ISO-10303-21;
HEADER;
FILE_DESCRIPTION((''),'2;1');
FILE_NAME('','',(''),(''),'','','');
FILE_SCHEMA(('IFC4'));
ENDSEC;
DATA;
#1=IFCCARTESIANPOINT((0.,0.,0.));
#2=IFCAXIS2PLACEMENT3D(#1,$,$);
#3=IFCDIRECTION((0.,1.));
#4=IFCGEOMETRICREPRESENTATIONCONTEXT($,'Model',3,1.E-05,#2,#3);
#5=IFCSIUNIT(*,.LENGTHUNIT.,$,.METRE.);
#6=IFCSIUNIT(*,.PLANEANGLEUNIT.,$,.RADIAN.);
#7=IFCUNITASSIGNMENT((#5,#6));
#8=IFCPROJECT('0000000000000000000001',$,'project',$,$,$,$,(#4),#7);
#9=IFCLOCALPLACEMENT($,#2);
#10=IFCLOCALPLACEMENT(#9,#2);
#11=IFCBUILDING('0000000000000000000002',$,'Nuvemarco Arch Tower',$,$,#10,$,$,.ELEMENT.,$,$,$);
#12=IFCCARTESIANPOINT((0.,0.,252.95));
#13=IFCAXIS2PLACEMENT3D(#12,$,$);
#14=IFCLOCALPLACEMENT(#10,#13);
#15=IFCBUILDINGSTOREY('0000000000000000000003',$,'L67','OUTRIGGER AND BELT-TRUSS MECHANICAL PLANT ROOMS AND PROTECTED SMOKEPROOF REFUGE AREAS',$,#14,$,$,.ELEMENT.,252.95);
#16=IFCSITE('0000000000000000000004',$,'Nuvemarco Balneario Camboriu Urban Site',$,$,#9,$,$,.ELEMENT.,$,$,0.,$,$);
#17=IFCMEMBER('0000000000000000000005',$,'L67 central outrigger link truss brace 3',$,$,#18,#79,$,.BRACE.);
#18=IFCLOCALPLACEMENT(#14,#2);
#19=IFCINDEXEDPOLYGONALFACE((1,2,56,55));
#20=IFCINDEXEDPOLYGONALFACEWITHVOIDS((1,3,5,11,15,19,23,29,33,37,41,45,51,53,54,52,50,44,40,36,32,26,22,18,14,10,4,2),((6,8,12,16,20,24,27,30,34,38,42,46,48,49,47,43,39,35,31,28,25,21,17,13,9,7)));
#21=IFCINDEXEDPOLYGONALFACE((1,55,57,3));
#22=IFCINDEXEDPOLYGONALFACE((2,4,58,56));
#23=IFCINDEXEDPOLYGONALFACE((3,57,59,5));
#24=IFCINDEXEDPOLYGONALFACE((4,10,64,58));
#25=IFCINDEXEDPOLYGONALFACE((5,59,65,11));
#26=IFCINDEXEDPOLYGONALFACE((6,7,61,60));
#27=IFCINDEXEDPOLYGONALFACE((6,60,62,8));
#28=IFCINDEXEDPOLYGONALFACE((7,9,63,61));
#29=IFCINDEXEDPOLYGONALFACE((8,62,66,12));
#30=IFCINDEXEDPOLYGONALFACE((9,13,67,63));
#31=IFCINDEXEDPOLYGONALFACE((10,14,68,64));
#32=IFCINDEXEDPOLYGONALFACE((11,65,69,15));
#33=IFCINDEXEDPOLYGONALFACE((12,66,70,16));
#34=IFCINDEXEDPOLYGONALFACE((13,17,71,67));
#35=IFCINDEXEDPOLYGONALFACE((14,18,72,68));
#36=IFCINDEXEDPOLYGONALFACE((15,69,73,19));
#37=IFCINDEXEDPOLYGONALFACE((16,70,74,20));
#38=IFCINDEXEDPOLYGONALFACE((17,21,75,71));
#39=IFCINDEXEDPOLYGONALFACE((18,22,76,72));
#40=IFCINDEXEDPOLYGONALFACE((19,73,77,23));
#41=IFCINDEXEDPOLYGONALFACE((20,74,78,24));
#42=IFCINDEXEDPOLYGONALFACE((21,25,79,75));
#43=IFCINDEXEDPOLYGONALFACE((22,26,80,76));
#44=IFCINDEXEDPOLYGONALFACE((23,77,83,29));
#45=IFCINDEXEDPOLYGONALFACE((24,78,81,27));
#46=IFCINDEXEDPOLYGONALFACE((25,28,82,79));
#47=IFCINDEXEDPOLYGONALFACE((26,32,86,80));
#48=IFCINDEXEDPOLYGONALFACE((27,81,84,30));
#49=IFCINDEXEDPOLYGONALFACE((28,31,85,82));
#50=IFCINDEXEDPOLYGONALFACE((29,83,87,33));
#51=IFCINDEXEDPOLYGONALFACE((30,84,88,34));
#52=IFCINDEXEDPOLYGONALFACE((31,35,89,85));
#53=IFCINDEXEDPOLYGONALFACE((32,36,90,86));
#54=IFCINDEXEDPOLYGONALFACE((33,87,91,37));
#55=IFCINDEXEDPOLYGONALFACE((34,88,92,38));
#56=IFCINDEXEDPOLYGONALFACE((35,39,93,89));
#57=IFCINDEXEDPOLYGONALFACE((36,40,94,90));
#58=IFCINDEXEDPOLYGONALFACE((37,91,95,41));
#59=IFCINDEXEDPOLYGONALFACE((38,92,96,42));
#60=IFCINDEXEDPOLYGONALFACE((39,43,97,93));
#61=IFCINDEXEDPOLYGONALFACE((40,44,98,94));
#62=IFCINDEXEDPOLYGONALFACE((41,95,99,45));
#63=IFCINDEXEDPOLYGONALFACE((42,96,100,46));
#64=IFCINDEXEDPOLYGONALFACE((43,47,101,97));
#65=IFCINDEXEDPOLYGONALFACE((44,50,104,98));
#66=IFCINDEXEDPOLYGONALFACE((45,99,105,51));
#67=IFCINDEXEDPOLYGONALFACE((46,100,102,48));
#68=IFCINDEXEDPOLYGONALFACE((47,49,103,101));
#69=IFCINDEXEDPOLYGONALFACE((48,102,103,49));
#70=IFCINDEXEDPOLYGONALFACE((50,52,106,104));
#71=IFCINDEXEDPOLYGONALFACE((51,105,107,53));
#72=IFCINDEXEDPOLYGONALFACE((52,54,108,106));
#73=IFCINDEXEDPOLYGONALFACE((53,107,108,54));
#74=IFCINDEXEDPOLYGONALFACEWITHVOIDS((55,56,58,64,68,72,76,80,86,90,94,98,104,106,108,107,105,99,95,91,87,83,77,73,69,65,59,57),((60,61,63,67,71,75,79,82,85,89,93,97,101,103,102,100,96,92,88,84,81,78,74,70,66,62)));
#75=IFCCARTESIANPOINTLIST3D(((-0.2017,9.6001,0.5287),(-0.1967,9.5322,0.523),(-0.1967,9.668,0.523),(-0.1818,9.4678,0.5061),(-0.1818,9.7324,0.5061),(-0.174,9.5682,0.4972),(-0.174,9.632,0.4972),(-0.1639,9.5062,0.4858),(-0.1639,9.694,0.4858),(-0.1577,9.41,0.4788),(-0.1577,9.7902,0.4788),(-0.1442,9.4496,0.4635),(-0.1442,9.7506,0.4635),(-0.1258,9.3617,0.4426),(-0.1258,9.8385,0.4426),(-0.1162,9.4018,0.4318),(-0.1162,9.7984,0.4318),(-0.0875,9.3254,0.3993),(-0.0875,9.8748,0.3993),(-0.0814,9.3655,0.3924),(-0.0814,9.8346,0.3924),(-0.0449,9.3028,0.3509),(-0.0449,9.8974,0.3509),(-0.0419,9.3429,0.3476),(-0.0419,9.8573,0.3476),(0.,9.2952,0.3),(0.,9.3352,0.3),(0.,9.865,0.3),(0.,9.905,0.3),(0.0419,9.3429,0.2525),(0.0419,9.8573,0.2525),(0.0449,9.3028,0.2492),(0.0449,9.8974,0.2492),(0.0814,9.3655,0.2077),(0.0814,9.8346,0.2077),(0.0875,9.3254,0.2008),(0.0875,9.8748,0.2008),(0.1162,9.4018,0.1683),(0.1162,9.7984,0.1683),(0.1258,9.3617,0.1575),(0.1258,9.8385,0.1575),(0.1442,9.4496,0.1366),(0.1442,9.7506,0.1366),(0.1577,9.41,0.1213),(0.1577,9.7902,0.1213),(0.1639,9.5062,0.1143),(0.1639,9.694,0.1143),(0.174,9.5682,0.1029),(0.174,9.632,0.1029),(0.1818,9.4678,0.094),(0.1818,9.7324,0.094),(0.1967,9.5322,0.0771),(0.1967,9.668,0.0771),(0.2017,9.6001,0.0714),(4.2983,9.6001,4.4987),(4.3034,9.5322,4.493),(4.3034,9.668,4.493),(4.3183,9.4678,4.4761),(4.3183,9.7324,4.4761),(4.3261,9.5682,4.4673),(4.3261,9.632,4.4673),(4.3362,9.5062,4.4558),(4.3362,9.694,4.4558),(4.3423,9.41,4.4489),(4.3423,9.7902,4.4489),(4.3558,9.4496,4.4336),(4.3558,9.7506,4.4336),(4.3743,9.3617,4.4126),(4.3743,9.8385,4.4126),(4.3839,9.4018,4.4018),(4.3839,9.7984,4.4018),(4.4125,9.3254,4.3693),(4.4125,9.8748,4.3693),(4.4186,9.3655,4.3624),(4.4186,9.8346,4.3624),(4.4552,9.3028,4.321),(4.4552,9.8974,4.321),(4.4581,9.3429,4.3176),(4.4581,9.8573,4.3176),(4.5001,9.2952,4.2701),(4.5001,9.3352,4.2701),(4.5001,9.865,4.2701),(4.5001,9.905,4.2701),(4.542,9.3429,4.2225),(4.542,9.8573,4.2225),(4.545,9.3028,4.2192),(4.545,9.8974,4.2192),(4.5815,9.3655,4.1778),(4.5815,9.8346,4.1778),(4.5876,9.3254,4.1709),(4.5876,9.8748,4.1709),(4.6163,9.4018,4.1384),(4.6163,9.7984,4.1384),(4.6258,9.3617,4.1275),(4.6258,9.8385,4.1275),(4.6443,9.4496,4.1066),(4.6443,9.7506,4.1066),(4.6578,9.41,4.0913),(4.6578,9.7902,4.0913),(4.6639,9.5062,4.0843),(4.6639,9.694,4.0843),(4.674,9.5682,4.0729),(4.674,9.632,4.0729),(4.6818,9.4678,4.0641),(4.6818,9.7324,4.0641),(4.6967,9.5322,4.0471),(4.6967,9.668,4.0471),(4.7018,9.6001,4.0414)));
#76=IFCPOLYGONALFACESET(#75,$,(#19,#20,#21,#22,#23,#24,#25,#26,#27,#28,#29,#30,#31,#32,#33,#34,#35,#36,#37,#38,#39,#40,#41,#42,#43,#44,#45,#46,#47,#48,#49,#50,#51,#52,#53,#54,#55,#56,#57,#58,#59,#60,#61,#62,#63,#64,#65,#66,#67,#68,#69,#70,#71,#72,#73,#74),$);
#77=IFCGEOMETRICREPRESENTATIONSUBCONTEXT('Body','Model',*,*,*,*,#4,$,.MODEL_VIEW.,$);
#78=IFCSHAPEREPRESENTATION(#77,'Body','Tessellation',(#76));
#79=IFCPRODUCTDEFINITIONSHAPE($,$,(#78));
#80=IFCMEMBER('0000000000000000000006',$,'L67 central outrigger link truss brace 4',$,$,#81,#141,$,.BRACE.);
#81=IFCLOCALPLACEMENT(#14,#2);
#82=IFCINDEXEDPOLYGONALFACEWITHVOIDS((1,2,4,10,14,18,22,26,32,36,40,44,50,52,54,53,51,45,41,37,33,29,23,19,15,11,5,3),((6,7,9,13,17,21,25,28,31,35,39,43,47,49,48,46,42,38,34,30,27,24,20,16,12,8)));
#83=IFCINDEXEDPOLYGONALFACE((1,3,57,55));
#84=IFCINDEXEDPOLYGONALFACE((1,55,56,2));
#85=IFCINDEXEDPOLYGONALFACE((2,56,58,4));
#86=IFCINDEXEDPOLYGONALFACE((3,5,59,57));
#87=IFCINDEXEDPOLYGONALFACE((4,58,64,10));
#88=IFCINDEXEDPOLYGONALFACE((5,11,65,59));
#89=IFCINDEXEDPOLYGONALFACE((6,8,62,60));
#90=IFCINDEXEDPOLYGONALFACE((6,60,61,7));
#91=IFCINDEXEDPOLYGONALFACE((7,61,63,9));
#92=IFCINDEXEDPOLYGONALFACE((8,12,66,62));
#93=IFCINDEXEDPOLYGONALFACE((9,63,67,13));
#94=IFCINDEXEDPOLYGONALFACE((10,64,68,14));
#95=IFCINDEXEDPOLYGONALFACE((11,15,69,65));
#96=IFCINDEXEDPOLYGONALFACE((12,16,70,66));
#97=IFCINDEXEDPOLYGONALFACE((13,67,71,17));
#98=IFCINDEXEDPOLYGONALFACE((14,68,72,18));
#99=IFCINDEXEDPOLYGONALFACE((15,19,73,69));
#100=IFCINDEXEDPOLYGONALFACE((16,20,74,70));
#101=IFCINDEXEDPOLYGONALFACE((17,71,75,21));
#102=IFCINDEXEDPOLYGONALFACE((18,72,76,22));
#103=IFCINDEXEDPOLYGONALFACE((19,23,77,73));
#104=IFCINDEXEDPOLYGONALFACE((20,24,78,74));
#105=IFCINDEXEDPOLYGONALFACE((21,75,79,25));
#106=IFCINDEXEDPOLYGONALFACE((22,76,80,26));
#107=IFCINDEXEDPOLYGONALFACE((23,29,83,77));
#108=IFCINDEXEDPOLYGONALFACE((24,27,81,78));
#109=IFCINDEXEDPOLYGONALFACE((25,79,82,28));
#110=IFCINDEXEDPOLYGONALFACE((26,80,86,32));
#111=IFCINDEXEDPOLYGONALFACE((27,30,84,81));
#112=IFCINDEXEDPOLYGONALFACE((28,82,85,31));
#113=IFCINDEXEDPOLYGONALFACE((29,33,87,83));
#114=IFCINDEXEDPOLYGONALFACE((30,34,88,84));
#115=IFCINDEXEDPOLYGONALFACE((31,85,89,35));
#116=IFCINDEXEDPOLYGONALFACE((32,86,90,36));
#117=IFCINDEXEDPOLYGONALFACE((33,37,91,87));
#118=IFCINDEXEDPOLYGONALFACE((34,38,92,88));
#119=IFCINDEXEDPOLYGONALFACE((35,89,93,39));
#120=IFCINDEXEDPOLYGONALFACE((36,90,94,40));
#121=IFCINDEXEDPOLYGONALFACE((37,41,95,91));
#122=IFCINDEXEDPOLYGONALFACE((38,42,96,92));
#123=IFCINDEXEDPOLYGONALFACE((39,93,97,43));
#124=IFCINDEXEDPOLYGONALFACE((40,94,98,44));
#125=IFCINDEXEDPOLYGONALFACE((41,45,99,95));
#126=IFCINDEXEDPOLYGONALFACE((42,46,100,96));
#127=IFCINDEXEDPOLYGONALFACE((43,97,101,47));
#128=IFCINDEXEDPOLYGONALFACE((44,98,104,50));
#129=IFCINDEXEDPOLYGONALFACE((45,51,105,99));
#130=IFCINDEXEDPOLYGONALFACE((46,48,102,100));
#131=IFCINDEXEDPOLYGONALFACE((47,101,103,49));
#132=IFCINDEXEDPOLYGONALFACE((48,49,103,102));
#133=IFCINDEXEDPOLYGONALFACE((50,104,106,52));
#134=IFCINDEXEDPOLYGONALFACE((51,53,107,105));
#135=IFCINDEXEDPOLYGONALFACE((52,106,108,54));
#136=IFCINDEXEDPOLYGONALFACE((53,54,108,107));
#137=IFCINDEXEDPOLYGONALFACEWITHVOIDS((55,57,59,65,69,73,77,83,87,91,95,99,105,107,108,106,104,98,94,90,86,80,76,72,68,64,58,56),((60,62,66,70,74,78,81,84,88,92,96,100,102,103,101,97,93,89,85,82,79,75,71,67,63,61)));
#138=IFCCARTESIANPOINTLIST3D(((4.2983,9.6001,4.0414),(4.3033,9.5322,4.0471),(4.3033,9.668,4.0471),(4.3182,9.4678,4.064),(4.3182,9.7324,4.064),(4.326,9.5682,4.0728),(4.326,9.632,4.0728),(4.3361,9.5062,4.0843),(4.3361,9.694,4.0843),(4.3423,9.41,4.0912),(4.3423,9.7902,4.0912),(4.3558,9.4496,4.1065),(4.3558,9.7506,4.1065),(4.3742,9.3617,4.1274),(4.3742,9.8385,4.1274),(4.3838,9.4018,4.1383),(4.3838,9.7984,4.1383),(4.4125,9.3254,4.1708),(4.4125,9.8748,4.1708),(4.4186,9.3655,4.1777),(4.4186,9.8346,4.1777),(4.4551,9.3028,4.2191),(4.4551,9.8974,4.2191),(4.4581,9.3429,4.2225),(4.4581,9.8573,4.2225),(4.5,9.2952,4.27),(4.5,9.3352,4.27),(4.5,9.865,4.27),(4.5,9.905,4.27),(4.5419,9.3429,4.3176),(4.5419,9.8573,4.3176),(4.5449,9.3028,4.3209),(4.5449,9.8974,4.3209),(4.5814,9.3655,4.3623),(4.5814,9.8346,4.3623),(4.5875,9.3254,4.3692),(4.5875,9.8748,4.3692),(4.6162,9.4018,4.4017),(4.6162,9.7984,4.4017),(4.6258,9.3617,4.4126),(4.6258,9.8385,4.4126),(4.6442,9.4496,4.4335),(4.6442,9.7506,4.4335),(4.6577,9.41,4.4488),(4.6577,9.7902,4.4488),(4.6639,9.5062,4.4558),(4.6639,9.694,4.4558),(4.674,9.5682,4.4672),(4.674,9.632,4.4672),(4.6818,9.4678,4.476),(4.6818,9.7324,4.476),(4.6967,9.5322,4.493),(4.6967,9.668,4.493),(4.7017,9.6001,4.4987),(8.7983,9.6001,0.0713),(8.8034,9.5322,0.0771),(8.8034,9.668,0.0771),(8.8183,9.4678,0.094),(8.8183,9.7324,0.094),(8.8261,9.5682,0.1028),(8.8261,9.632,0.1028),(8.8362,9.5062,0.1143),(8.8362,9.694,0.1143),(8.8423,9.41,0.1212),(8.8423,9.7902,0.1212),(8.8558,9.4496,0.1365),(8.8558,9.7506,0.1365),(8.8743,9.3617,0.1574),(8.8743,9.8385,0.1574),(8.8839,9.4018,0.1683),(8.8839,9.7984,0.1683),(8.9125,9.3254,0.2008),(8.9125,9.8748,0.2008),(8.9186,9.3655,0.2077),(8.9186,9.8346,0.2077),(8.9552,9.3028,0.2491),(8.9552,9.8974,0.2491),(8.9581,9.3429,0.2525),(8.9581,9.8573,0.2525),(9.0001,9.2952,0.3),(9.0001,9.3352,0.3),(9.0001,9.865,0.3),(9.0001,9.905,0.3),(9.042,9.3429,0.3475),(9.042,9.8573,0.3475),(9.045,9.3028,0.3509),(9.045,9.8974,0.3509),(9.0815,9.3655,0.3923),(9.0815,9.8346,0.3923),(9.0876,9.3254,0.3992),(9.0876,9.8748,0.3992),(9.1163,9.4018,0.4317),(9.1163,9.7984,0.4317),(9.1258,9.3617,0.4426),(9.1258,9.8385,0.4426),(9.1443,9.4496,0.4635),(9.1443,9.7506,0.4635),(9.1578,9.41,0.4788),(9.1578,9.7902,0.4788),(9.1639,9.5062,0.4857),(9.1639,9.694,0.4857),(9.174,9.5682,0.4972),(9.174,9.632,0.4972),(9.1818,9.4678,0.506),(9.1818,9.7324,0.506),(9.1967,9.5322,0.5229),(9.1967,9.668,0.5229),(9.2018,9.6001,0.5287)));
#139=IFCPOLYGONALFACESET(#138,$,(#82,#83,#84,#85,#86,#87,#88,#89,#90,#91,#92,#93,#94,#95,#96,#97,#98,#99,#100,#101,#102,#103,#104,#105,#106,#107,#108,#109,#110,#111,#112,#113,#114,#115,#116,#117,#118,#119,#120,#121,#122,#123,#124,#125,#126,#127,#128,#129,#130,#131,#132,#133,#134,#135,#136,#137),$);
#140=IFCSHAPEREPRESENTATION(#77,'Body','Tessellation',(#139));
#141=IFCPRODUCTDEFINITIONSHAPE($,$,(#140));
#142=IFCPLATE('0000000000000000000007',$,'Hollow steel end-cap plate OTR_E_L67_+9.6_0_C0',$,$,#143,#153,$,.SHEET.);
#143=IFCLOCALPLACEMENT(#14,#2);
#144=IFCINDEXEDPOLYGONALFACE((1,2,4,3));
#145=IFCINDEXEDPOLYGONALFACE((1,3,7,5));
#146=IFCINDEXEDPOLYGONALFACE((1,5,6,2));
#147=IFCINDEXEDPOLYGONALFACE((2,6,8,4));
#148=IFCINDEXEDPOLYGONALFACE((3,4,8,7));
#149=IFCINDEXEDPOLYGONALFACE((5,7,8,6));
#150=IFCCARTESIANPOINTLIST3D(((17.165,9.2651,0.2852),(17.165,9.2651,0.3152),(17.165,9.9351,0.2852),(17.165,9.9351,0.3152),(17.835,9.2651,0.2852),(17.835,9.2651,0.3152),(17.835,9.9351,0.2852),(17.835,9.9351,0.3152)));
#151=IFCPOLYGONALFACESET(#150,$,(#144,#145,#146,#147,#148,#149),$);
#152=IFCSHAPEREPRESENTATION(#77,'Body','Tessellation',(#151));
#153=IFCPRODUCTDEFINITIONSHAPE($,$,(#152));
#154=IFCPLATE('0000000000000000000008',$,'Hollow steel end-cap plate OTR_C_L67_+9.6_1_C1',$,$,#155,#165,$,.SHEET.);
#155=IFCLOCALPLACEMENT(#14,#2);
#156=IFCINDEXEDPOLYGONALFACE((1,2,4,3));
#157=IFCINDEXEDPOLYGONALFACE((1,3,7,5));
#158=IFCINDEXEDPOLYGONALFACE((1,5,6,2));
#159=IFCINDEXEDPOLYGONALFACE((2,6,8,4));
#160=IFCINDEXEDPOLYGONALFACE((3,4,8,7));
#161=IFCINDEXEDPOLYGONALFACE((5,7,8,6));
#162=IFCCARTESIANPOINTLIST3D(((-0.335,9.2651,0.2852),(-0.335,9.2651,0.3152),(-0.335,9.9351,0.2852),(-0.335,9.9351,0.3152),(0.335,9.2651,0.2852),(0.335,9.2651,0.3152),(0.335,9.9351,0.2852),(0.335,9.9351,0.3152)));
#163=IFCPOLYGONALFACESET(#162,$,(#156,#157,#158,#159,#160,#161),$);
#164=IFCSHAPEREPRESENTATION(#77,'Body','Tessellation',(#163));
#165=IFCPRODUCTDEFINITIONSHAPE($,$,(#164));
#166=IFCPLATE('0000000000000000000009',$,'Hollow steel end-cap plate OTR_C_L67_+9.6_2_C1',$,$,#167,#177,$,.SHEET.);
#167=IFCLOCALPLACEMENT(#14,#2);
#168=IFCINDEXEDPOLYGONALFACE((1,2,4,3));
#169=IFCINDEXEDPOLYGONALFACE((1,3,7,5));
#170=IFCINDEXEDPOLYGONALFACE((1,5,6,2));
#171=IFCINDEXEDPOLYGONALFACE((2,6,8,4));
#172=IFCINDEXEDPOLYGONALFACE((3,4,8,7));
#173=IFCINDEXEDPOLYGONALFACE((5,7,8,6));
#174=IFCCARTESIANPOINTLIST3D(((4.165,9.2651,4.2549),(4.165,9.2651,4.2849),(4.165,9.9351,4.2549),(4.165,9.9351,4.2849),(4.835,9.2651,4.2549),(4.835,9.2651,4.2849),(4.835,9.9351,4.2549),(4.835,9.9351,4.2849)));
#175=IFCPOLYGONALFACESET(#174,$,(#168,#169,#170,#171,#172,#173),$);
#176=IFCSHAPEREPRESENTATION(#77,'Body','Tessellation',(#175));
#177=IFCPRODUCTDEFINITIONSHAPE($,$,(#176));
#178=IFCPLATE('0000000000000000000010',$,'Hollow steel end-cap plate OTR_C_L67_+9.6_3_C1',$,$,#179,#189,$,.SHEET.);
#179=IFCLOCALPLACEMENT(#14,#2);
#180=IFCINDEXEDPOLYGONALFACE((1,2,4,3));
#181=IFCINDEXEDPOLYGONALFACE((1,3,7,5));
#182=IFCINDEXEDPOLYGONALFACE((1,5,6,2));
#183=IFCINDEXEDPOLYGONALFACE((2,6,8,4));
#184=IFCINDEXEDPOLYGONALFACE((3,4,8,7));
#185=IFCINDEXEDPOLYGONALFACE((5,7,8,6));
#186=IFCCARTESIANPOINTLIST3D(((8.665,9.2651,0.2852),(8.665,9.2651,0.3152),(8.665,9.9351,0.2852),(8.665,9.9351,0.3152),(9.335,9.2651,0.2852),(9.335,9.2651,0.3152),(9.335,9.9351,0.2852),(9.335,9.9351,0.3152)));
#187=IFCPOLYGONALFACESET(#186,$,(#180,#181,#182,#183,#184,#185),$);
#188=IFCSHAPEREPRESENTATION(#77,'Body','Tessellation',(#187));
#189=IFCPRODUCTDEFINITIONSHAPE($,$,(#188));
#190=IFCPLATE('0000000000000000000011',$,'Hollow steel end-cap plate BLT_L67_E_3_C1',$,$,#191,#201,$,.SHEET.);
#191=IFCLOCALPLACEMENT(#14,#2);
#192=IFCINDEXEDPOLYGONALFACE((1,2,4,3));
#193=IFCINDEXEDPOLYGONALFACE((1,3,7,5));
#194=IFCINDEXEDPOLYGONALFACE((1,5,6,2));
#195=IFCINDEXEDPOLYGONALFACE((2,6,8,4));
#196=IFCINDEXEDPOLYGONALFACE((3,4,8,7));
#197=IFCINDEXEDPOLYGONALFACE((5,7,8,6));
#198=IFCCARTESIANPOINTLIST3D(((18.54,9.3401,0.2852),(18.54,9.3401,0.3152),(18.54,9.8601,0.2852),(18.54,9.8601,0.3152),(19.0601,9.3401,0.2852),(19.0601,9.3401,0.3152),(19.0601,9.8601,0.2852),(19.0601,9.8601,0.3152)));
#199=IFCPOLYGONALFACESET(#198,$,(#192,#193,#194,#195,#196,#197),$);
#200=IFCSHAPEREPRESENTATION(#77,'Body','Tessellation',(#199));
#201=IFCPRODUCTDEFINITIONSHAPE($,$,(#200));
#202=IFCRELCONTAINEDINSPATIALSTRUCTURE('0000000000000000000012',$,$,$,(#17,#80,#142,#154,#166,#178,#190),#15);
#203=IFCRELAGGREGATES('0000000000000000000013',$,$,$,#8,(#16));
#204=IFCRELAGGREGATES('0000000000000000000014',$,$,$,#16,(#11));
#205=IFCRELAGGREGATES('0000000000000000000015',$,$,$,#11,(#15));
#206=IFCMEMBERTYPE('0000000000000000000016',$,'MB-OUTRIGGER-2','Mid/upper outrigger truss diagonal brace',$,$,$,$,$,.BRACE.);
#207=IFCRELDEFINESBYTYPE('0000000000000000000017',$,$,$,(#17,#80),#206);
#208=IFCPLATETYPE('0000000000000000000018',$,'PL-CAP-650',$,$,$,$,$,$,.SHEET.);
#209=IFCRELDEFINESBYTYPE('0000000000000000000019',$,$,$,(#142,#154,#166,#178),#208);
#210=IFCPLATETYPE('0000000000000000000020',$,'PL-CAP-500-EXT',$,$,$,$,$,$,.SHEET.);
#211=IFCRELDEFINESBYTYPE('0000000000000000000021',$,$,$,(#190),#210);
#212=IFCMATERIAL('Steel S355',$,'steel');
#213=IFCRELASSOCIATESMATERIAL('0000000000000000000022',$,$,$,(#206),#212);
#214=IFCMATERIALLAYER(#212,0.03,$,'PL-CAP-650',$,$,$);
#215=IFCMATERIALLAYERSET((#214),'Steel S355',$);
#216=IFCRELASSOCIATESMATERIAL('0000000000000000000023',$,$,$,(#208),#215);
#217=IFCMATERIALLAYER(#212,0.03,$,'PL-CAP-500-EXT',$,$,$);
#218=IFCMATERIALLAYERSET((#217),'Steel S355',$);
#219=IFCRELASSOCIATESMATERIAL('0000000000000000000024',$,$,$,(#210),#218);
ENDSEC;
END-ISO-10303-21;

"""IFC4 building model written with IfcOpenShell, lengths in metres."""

from ifc_helpers import new_model, si_unit, direction, frame, origin, origin_2d, place, context, subcontext, project, spatial, rectangle, hollow_circle, extrude, source, transform, mapped, material, layer, layer_set, material_profile, profile_set, type_object, type_shapes, element, save


model = new_model("IFC4")

# Units and contexts
model_context = context("Model", 3, precision=1e-05, world=origin(), true_north=direction((0.0, 1.0)))
body_context = subcontext(model_context, "Body", "Model", "MODEL_VIEW")
ifc_project = project(units=[si_unit("LENGTHUNIT", "METRE"), si_unit("PLANEANGLEUNIT", "RADIAN")], contexts=[model_context])

# Site, building, storey
site_placement = place(None, origin())
site = spatial("IfcSite", under=ifc_project, at=site_placement, Name="Nuvemarco Balneario Camboriu Urban Site", CompositionType="ELEMENT", RefElevation=0.0)
building_placement = place(site_placement, origin())
building = spatial("IfcBuilding", under=site, at=building_placement, Name="Nuvemarco Arch Tower", CompositionType="ELEMENT")
storey_placement = place(building_placement, frame((0.0, 0.0, 252.95)))
storey = spatial("IfcBuildingStorey", under=building, at=storey_placement, Name="L67", Description="OUTRIGGER AND BELT-TRUSS MECHANICAL PLANT ROOMS AND PROTECTED SMOKEPROOF REFUGE AREAS", CompositionType="ELEMENT", Elevation=252.95)

# Shared definitions
ifc_material_1 = material(Name="Steel S355", Category="steel")

# Members
ifc_material_profile_1 = material_profile(ifc_material_1, hollow_circle(Radius=0.3049, WallThickness=0.04, at=origin_2d()), Name="CHS610x40")
ifc_profile_set_1 = profile_set([ifc_material_profile_1], Name="Steel S355")
member_type = type_object("IfcMemberType", Name="MB-OUTRIGGER-2", Description="Mid/upper outrigger truss diagonal brace", PredefinedType="BRACE", material=ifc_profile_set_1)
for number, where, z_axis, x_axis, name in (
    (1, (0.0, 9.6001, 0.3), (0.749889, 0.0, 0.661564), (0.0, 1.0, 0.0), "L67 central outrigger link truss brace 3"),
    (2, (4.5, 9.6001, 4.27), (0.749889, 0.0, -0.661564), (0.0, 1.0, 0.0), "L67 central outrigger link truss brace 4"),
):
    element("IfcMember", number, at=place(storey_placement, frame(where, z_axis=z_axis, x_axis=x_axis)), inside=storey, type_object=member_type, Name=name, PredefinedType="BRACE", context=body_context, shape_type="SweptSolid", body=[
        extrude(hollow_circle(Radius=0.3049, WallThickness=0.04, at=origin_2d()), origin(), (0.0, 0.0, 1.0), 6.001),
    ])

# Plates
ifc_layer_1 = layer(ifc_material_1, 0.03, Name="PL-CAP-650")
ifc_layer_set_1 = layer_set([ifc_layer_1], Name="Steel S355")
plate_type_1 = type_object("IfcPlateType", Name="PL-CAP-650", PredefinedType="SHEET", material=ifc_layer_set_1)
shared_shape_1 = source(origin(), body_context, "Body", "SweptSolid", [
    extrude(rectangle(XDim=0.6699, YDim=0.6699, at=origin_2d()), origin(), (0.0, 0.0, 1.0), 0.03),
])
type_shapes(plate_type_1, [shared_shape_1])
for number, where, z_axis, x_axis, name in (
    (3, (17.5, 9.6001, 0.2852), (0.0, 0.0, 1.0), (1.0, 0.0, 0.0), "Hollow steel end-cap plate OTR_E_L67_+9.6_0_C0"),
    (4, (0.0, 9.6001, 0.2852), (0.0, 0.0, 1.0), (1.0, 0.0, 0.0), "Hollow steel end-cap plate OTR_C_L67_+9.6_1_C1"),
    (5, (4.5, 9.6001, 4.2549), (0.0, 0.0, 1.0), (1.0, 0.0, 0.0), "Hollow steel end-cap plate OTR_C_L67_+9.6_2_C1"),
    (6, (9.0, 9.6001, 0.2852), (0.0, 0.0, 1.0), (1.0, 0.0, 0.0), "Hollow steel end-cap plate OTR_C_L67_+9.6_3_C1"),
):
    element("IfcPlate", number, at=place(storey_placement, frame(where, z_axis=z_axis, x_axis=x_axis)), inside=storey, type_object=plate_type_1, Name=name, PredefinedType="SHEET", context=body_context, shape_type="MappedRepresentation", body=[
        mapped(shared_shape_1, transform((0.0, 0.0, 0.0), scale=1.0)),
    ])
ifc_layer_2 = layer(ifc_material_1, 0.03, Name="PL-CAP-500-EXT")
ifc_layer_set_2 = layer_set([ifc_layer_2], Name="Steel S355")
plate_type_2 = type_object("IfcPlateType", Name="PL-CAP-500-EXT", PredefinedType="SHEET", material=ifc_layer_set_2)
shared_shape_2 = source(origin(), body_context, "Body", "SweptSolid", [
    extrude(rectangle(XDim=0.52, YDim=0.52, at=origin_2d()), origin(), (0.0, 0.0, 1.0), 0.03),
])
type_shapes(plate_type_2, [shared_shape_2])
plate_placement = place(storey_placement, frame((18.8, 9.6001, 0.2852), z_axis=(0.0, 0.0, 1.0), x_axis=(1.0, 0.0, 0.0)))
element("IfcPlate", 7, at=plate_placement, inside=storey, type_object=plate_type_2, Name="Hollow steel end-cap plate BLT_L67_E_3_C1", PredefinedType="SHEET", context=body_context, shape_type="MappedRepresentation", body=[
    mapped(shared_shape_2, transform((0.0, 0.0, 0.0), scale=1.0)),
])

save(model, "model.ifc")
